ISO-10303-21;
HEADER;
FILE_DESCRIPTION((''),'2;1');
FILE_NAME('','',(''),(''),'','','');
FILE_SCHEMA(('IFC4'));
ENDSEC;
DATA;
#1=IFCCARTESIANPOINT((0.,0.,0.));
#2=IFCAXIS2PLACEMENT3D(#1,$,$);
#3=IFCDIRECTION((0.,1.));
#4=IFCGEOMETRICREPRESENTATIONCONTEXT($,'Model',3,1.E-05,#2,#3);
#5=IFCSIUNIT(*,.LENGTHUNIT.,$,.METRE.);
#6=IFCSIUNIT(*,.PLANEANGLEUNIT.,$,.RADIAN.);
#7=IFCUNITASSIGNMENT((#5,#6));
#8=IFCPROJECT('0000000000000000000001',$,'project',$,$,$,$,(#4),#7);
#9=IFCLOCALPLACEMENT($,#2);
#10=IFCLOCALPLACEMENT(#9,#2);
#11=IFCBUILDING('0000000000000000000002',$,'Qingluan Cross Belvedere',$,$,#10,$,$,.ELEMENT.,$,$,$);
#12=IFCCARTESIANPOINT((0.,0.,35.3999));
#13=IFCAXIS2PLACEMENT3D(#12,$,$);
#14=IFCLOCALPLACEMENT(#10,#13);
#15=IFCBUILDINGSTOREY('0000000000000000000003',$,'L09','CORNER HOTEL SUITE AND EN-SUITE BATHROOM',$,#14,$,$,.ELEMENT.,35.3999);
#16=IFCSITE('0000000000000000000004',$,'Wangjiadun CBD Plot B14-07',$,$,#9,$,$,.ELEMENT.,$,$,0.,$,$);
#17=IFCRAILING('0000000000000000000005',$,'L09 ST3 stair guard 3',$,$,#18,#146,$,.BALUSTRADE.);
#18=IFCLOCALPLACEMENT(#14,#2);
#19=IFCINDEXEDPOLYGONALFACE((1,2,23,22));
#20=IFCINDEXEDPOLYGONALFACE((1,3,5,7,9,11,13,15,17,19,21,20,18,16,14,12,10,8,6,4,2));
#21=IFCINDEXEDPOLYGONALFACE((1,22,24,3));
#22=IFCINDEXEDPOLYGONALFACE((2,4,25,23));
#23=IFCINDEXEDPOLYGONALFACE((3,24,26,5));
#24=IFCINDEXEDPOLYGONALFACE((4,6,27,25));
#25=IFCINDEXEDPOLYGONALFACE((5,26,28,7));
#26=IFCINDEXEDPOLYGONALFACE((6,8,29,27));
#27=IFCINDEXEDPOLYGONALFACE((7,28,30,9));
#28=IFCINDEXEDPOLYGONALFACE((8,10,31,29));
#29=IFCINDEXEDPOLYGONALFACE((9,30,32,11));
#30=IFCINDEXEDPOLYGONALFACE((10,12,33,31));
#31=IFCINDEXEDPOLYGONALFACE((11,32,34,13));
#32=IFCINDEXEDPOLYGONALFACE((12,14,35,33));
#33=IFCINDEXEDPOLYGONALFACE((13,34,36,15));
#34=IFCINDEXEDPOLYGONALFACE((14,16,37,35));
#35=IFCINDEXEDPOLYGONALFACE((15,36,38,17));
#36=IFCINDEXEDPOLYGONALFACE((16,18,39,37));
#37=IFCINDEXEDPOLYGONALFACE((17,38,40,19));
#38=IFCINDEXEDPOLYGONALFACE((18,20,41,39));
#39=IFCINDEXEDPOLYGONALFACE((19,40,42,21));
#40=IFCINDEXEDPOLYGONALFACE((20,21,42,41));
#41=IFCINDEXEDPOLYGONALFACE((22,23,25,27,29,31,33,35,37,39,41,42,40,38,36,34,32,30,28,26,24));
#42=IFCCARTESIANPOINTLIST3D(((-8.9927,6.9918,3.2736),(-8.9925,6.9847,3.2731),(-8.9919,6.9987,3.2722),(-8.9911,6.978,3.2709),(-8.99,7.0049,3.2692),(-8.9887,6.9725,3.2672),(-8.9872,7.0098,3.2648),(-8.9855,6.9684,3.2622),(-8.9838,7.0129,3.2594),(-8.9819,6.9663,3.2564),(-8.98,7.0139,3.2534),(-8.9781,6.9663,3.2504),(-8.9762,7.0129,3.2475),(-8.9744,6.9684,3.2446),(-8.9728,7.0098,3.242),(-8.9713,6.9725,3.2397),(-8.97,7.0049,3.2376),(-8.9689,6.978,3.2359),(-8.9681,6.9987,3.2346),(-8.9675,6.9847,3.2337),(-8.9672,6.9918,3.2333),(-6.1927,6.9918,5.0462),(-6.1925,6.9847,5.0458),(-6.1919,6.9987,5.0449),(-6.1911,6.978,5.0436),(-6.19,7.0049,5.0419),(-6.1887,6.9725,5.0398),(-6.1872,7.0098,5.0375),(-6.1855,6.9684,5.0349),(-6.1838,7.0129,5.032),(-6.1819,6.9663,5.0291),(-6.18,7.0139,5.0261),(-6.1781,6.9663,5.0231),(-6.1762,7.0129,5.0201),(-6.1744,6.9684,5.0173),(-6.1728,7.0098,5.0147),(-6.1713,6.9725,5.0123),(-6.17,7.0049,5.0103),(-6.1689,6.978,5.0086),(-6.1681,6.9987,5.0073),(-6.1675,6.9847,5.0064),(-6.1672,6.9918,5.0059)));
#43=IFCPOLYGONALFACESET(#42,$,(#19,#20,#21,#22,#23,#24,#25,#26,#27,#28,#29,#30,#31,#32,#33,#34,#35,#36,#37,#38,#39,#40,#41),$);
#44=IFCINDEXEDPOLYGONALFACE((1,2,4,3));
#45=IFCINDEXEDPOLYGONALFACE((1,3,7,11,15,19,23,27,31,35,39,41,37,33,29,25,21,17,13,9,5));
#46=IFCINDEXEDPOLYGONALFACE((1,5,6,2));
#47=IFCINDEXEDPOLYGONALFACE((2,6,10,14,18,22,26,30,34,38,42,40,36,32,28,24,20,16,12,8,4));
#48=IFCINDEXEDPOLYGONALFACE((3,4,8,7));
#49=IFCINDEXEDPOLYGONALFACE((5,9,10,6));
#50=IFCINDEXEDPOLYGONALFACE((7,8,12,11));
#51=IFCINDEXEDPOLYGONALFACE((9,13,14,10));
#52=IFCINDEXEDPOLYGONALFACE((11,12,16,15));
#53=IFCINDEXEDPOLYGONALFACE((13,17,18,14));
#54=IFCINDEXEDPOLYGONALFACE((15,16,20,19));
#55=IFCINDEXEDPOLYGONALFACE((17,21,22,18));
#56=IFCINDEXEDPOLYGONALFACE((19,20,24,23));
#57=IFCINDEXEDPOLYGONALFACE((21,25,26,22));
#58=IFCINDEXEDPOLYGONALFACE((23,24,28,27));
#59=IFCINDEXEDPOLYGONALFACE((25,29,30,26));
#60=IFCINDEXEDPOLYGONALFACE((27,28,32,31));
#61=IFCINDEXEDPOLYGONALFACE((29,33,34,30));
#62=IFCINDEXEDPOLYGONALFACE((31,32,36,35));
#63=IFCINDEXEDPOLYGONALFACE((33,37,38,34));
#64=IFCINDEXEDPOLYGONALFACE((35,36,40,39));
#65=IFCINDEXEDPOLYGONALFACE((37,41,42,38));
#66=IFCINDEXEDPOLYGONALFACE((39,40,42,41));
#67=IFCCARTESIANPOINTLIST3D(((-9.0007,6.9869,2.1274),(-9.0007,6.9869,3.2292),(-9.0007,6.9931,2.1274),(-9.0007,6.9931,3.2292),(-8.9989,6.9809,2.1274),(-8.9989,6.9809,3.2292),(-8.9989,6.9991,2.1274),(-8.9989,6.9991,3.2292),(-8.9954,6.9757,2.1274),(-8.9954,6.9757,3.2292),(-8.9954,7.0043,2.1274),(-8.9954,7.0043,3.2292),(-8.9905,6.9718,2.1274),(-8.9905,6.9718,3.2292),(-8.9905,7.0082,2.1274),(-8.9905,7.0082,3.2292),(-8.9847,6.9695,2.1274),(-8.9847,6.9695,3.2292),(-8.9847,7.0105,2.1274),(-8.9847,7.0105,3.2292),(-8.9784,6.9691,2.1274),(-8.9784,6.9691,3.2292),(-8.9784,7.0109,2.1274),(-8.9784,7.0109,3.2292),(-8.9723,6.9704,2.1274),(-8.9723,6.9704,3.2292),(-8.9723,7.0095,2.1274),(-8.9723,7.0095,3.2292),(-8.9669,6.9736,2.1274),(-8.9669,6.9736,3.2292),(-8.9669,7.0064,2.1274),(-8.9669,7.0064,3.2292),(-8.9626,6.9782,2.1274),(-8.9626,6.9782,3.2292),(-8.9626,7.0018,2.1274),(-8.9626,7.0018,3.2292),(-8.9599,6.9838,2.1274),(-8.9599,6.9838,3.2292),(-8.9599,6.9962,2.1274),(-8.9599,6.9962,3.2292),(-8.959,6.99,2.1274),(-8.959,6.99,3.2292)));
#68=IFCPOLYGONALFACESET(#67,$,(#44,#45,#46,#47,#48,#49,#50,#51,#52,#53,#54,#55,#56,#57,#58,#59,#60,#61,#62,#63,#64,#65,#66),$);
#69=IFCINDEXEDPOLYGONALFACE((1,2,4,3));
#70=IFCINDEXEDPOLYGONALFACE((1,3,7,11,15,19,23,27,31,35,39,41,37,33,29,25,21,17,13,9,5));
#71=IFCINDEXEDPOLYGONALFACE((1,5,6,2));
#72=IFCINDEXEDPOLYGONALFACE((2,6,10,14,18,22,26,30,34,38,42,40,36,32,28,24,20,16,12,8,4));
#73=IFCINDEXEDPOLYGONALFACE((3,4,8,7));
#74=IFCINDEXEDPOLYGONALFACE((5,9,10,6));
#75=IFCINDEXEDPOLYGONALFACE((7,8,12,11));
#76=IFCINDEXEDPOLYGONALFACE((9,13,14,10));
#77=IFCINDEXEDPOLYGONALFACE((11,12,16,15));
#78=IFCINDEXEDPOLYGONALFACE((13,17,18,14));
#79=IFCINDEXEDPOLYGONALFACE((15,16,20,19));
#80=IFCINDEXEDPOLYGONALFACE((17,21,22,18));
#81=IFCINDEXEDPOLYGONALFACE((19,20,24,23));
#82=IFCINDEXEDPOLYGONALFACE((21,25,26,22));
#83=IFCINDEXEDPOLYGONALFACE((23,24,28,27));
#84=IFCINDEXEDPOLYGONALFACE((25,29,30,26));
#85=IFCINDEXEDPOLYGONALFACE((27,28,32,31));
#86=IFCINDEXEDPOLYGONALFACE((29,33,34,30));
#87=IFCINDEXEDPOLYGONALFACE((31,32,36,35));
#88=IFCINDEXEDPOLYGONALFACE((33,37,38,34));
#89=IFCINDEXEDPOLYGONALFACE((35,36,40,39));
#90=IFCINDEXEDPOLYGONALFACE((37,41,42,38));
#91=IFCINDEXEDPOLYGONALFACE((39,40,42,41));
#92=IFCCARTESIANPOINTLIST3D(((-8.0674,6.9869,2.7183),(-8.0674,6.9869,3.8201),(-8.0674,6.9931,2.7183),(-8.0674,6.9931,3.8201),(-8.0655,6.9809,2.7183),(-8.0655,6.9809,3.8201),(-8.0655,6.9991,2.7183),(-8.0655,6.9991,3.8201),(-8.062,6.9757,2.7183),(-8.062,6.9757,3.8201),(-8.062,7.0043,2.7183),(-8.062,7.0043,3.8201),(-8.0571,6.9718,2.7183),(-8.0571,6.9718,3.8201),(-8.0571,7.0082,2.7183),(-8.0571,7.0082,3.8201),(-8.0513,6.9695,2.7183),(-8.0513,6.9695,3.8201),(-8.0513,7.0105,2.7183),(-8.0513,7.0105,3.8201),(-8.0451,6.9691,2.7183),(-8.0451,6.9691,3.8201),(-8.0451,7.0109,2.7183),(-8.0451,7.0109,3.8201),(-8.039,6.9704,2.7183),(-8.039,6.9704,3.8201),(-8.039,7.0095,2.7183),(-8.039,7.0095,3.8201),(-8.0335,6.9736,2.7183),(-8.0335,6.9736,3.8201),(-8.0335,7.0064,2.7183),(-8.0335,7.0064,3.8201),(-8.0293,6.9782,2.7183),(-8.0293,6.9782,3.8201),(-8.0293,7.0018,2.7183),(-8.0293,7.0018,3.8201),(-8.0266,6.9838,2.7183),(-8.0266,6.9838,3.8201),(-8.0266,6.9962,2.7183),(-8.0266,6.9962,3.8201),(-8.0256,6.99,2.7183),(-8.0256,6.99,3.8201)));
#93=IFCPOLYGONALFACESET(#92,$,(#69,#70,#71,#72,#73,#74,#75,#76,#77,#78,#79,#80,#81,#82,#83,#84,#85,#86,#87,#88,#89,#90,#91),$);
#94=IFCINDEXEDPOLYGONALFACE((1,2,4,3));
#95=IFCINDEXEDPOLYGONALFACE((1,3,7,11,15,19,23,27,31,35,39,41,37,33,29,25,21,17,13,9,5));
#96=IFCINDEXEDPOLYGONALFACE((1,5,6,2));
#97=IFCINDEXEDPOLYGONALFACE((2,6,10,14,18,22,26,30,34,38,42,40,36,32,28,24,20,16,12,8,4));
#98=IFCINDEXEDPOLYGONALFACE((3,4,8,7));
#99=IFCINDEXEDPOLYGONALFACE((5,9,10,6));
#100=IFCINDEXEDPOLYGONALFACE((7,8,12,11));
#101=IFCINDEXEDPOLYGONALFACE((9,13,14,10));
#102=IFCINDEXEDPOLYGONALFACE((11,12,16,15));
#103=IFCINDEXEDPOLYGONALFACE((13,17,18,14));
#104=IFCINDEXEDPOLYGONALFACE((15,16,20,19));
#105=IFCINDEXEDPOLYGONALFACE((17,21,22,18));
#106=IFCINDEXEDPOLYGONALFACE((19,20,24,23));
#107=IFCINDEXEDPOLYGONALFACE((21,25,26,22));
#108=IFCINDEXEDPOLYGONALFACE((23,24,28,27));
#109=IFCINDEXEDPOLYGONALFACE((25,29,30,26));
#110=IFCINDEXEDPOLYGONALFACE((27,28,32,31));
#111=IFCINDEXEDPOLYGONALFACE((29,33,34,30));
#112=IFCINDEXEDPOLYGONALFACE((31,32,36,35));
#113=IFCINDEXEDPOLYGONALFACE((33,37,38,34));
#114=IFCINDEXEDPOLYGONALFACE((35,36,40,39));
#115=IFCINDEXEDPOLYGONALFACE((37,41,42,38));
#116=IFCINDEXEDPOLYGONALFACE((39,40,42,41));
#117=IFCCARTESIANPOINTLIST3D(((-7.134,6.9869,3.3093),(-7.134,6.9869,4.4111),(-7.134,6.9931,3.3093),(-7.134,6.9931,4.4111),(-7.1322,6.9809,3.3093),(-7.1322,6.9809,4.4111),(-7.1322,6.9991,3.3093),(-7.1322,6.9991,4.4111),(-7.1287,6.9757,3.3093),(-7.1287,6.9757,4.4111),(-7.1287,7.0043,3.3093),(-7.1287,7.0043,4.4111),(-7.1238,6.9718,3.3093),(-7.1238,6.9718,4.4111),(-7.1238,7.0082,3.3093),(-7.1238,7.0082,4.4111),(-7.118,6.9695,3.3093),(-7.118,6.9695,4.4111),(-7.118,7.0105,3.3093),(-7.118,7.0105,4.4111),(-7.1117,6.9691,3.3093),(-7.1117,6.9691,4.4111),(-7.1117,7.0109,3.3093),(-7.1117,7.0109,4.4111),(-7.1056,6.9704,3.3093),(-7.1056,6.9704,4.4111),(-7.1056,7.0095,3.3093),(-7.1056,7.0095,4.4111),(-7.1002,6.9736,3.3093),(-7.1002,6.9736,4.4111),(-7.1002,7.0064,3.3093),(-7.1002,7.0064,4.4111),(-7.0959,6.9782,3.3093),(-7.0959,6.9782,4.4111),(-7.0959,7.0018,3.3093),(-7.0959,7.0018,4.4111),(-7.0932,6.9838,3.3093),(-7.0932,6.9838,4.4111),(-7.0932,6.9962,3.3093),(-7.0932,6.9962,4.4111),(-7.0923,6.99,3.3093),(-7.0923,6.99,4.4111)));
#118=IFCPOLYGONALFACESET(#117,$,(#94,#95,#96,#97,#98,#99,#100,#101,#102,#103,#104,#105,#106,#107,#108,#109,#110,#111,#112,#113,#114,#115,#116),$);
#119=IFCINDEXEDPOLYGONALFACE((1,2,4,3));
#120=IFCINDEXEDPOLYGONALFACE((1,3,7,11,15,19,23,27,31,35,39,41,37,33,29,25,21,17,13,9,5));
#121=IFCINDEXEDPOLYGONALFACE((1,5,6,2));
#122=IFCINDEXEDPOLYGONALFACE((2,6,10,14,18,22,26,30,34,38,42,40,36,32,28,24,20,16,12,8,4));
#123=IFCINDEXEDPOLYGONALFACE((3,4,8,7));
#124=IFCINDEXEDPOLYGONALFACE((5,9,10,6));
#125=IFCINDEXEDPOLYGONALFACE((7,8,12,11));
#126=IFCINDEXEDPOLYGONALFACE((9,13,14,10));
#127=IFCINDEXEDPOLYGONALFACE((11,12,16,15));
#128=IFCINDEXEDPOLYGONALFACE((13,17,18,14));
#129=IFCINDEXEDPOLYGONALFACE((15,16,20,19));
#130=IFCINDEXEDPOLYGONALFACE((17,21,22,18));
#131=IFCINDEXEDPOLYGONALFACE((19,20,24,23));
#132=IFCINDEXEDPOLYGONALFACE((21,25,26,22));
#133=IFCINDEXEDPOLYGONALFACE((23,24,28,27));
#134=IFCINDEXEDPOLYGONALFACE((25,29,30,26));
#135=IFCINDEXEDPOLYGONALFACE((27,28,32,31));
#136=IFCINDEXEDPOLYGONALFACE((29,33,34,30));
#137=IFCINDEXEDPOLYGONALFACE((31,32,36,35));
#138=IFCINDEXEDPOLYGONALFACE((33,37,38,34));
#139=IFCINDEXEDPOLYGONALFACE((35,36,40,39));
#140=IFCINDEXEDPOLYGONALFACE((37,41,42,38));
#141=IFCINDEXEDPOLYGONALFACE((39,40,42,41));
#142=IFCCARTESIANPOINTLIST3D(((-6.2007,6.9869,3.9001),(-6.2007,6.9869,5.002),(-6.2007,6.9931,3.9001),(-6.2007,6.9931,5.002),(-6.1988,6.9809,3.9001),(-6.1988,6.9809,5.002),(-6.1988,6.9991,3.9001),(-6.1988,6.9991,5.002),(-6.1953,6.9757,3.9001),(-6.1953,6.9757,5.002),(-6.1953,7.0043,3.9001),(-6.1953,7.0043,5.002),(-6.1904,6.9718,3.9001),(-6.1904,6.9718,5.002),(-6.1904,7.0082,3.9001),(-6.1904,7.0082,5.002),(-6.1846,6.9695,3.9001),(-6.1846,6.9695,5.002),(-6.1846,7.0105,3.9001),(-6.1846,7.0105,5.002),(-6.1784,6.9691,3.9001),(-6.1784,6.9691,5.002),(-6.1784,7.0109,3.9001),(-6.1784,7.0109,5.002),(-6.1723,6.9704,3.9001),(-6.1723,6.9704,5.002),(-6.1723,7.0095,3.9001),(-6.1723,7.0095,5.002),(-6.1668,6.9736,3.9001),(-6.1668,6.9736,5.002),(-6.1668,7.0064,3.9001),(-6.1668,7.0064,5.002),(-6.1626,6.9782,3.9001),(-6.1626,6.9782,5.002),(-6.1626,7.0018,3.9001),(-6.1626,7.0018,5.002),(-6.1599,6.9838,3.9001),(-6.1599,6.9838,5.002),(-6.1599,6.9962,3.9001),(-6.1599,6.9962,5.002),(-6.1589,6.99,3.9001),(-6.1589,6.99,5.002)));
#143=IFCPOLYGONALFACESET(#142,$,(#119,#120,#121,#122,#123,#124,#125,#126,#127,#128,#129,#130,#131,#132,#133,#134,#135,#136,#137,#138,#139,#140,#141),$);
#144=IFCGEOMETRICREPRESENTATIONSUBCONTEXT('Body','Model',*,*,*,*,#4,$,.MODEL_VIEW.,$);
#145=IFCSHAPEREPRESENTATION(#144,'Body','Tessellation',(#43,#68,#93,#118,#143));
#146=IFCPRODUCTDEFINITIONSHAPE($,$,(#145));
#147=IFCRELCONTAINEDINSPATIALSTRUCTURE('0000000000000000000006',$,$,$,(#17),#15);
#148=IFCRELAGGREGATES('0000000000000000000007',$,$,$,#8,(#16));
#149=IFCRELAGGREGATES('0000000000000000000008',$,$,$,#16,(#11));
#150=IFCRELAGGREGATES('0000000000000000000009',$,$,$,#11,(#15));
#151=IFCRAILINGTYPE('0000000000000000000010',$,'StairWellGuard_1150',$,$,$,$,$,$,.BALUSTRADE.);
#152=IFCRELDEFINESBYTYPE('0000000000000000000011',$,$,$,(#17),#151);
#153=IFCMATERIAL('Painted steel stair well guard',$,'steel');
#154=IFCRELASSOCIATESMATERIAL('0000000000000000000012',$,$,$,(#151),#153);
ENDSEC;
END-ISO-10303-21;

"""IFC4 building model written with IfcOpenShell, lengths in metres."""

from ifc_helpers import new_model, si_unit, direction, frame, origin, origin_2d, place, context, subcontext, project, spatial, circle, extrude, material, type_object, element, save


model = new_model("IFC4")

# Units and contexts
model_context = context("Model", 3, precision=1e-05, world=origin(), true_north=direction((0.0, 1.0)))
body_context = subcontext(model_context, "Body", "Model", "MODEL_VIEW")
ifc_project = project(units=[si_unit("LENGTHUNIT", "METRE"), si_unit("PLANEANGLEUNIT", "RADIAN")], contexts=[model_context])

# Site, building, storey
site_placement = place(None, origin())
site = spatial("IfcSite", under=ifc_project, at=site_placement, Name="Wangjiadun CBD Plot B14-07", CompositionType="ELEMENT", RefElevation=0.0)
building_placement = place(site_placement, origin())
building = spatial("IfcBuilding", under=site, at=building_placement, Name="Qingluan Cross Belvedere", CompositionType="ELEMENT")
storey_placement = place(building_placement, frame((0.0, 0.0, 35.3999)))
storey = spatial("IfcBuildingStorey", under=building, at=storey_placement, Name="L09", Description="CORNER HOTEL SUITE AND EN-SUITE BATHROOM", CompositionType="ELEMENT", Elevation=35.3999)

# Railing
ifc_material_1 = material(Name="Painted steel stair well guard", Category="steel")
railing_type_1 = type_object("IfcRailingType", Name="StairWellGuard_1150", PredefinedType="BALUSTRADE", material=ifc_material_1)
railing_1_placement = place(storey_placement, frame((-8.98, 6.99, 2.1274)))
element("IfcRailing", 1, at=railing_1_placement, inside=storey, type_object=railing_type_1, Name="L09 ST3 stair guard 3", PredefinedType="BALUSTRADE", context=body_context, shape_type="SweptSolid", body=[
    extrude(circle(Radius=0.0239, at=origin_2d()), frame((0.0, 0.0, 1.126), z_axis=(0.844909, 0.0, 0.53491), x_axis=(0.0, 1.0, 0.0)), (0.0, 0.0, 1.0), 3.314),
    extrude(circle(Radius=0.021, at=origin_2d()), origin(), (0.0, 0.0, 1.0), 1.1018),
    extrude(circle(Radius=0.021, at=origin_2d()), frame((0.9333, 0.0, 0.5908)), (0.0, 0.0, 1.0), 1.1018),
    extrude(circle(Radius=0.021, at=origin_2d()), frame((1.8667, 0.0, 1.1819)), (0.0, 0.0, 1.0), 1.1018),
    extrude(circle(Radius=0.021, at=origin_2d()), frame((2.8, 0.0, 1.7727)), (0.0, 0.0, 1.0), 1.1018),
])

save(model, "model.ifc")
